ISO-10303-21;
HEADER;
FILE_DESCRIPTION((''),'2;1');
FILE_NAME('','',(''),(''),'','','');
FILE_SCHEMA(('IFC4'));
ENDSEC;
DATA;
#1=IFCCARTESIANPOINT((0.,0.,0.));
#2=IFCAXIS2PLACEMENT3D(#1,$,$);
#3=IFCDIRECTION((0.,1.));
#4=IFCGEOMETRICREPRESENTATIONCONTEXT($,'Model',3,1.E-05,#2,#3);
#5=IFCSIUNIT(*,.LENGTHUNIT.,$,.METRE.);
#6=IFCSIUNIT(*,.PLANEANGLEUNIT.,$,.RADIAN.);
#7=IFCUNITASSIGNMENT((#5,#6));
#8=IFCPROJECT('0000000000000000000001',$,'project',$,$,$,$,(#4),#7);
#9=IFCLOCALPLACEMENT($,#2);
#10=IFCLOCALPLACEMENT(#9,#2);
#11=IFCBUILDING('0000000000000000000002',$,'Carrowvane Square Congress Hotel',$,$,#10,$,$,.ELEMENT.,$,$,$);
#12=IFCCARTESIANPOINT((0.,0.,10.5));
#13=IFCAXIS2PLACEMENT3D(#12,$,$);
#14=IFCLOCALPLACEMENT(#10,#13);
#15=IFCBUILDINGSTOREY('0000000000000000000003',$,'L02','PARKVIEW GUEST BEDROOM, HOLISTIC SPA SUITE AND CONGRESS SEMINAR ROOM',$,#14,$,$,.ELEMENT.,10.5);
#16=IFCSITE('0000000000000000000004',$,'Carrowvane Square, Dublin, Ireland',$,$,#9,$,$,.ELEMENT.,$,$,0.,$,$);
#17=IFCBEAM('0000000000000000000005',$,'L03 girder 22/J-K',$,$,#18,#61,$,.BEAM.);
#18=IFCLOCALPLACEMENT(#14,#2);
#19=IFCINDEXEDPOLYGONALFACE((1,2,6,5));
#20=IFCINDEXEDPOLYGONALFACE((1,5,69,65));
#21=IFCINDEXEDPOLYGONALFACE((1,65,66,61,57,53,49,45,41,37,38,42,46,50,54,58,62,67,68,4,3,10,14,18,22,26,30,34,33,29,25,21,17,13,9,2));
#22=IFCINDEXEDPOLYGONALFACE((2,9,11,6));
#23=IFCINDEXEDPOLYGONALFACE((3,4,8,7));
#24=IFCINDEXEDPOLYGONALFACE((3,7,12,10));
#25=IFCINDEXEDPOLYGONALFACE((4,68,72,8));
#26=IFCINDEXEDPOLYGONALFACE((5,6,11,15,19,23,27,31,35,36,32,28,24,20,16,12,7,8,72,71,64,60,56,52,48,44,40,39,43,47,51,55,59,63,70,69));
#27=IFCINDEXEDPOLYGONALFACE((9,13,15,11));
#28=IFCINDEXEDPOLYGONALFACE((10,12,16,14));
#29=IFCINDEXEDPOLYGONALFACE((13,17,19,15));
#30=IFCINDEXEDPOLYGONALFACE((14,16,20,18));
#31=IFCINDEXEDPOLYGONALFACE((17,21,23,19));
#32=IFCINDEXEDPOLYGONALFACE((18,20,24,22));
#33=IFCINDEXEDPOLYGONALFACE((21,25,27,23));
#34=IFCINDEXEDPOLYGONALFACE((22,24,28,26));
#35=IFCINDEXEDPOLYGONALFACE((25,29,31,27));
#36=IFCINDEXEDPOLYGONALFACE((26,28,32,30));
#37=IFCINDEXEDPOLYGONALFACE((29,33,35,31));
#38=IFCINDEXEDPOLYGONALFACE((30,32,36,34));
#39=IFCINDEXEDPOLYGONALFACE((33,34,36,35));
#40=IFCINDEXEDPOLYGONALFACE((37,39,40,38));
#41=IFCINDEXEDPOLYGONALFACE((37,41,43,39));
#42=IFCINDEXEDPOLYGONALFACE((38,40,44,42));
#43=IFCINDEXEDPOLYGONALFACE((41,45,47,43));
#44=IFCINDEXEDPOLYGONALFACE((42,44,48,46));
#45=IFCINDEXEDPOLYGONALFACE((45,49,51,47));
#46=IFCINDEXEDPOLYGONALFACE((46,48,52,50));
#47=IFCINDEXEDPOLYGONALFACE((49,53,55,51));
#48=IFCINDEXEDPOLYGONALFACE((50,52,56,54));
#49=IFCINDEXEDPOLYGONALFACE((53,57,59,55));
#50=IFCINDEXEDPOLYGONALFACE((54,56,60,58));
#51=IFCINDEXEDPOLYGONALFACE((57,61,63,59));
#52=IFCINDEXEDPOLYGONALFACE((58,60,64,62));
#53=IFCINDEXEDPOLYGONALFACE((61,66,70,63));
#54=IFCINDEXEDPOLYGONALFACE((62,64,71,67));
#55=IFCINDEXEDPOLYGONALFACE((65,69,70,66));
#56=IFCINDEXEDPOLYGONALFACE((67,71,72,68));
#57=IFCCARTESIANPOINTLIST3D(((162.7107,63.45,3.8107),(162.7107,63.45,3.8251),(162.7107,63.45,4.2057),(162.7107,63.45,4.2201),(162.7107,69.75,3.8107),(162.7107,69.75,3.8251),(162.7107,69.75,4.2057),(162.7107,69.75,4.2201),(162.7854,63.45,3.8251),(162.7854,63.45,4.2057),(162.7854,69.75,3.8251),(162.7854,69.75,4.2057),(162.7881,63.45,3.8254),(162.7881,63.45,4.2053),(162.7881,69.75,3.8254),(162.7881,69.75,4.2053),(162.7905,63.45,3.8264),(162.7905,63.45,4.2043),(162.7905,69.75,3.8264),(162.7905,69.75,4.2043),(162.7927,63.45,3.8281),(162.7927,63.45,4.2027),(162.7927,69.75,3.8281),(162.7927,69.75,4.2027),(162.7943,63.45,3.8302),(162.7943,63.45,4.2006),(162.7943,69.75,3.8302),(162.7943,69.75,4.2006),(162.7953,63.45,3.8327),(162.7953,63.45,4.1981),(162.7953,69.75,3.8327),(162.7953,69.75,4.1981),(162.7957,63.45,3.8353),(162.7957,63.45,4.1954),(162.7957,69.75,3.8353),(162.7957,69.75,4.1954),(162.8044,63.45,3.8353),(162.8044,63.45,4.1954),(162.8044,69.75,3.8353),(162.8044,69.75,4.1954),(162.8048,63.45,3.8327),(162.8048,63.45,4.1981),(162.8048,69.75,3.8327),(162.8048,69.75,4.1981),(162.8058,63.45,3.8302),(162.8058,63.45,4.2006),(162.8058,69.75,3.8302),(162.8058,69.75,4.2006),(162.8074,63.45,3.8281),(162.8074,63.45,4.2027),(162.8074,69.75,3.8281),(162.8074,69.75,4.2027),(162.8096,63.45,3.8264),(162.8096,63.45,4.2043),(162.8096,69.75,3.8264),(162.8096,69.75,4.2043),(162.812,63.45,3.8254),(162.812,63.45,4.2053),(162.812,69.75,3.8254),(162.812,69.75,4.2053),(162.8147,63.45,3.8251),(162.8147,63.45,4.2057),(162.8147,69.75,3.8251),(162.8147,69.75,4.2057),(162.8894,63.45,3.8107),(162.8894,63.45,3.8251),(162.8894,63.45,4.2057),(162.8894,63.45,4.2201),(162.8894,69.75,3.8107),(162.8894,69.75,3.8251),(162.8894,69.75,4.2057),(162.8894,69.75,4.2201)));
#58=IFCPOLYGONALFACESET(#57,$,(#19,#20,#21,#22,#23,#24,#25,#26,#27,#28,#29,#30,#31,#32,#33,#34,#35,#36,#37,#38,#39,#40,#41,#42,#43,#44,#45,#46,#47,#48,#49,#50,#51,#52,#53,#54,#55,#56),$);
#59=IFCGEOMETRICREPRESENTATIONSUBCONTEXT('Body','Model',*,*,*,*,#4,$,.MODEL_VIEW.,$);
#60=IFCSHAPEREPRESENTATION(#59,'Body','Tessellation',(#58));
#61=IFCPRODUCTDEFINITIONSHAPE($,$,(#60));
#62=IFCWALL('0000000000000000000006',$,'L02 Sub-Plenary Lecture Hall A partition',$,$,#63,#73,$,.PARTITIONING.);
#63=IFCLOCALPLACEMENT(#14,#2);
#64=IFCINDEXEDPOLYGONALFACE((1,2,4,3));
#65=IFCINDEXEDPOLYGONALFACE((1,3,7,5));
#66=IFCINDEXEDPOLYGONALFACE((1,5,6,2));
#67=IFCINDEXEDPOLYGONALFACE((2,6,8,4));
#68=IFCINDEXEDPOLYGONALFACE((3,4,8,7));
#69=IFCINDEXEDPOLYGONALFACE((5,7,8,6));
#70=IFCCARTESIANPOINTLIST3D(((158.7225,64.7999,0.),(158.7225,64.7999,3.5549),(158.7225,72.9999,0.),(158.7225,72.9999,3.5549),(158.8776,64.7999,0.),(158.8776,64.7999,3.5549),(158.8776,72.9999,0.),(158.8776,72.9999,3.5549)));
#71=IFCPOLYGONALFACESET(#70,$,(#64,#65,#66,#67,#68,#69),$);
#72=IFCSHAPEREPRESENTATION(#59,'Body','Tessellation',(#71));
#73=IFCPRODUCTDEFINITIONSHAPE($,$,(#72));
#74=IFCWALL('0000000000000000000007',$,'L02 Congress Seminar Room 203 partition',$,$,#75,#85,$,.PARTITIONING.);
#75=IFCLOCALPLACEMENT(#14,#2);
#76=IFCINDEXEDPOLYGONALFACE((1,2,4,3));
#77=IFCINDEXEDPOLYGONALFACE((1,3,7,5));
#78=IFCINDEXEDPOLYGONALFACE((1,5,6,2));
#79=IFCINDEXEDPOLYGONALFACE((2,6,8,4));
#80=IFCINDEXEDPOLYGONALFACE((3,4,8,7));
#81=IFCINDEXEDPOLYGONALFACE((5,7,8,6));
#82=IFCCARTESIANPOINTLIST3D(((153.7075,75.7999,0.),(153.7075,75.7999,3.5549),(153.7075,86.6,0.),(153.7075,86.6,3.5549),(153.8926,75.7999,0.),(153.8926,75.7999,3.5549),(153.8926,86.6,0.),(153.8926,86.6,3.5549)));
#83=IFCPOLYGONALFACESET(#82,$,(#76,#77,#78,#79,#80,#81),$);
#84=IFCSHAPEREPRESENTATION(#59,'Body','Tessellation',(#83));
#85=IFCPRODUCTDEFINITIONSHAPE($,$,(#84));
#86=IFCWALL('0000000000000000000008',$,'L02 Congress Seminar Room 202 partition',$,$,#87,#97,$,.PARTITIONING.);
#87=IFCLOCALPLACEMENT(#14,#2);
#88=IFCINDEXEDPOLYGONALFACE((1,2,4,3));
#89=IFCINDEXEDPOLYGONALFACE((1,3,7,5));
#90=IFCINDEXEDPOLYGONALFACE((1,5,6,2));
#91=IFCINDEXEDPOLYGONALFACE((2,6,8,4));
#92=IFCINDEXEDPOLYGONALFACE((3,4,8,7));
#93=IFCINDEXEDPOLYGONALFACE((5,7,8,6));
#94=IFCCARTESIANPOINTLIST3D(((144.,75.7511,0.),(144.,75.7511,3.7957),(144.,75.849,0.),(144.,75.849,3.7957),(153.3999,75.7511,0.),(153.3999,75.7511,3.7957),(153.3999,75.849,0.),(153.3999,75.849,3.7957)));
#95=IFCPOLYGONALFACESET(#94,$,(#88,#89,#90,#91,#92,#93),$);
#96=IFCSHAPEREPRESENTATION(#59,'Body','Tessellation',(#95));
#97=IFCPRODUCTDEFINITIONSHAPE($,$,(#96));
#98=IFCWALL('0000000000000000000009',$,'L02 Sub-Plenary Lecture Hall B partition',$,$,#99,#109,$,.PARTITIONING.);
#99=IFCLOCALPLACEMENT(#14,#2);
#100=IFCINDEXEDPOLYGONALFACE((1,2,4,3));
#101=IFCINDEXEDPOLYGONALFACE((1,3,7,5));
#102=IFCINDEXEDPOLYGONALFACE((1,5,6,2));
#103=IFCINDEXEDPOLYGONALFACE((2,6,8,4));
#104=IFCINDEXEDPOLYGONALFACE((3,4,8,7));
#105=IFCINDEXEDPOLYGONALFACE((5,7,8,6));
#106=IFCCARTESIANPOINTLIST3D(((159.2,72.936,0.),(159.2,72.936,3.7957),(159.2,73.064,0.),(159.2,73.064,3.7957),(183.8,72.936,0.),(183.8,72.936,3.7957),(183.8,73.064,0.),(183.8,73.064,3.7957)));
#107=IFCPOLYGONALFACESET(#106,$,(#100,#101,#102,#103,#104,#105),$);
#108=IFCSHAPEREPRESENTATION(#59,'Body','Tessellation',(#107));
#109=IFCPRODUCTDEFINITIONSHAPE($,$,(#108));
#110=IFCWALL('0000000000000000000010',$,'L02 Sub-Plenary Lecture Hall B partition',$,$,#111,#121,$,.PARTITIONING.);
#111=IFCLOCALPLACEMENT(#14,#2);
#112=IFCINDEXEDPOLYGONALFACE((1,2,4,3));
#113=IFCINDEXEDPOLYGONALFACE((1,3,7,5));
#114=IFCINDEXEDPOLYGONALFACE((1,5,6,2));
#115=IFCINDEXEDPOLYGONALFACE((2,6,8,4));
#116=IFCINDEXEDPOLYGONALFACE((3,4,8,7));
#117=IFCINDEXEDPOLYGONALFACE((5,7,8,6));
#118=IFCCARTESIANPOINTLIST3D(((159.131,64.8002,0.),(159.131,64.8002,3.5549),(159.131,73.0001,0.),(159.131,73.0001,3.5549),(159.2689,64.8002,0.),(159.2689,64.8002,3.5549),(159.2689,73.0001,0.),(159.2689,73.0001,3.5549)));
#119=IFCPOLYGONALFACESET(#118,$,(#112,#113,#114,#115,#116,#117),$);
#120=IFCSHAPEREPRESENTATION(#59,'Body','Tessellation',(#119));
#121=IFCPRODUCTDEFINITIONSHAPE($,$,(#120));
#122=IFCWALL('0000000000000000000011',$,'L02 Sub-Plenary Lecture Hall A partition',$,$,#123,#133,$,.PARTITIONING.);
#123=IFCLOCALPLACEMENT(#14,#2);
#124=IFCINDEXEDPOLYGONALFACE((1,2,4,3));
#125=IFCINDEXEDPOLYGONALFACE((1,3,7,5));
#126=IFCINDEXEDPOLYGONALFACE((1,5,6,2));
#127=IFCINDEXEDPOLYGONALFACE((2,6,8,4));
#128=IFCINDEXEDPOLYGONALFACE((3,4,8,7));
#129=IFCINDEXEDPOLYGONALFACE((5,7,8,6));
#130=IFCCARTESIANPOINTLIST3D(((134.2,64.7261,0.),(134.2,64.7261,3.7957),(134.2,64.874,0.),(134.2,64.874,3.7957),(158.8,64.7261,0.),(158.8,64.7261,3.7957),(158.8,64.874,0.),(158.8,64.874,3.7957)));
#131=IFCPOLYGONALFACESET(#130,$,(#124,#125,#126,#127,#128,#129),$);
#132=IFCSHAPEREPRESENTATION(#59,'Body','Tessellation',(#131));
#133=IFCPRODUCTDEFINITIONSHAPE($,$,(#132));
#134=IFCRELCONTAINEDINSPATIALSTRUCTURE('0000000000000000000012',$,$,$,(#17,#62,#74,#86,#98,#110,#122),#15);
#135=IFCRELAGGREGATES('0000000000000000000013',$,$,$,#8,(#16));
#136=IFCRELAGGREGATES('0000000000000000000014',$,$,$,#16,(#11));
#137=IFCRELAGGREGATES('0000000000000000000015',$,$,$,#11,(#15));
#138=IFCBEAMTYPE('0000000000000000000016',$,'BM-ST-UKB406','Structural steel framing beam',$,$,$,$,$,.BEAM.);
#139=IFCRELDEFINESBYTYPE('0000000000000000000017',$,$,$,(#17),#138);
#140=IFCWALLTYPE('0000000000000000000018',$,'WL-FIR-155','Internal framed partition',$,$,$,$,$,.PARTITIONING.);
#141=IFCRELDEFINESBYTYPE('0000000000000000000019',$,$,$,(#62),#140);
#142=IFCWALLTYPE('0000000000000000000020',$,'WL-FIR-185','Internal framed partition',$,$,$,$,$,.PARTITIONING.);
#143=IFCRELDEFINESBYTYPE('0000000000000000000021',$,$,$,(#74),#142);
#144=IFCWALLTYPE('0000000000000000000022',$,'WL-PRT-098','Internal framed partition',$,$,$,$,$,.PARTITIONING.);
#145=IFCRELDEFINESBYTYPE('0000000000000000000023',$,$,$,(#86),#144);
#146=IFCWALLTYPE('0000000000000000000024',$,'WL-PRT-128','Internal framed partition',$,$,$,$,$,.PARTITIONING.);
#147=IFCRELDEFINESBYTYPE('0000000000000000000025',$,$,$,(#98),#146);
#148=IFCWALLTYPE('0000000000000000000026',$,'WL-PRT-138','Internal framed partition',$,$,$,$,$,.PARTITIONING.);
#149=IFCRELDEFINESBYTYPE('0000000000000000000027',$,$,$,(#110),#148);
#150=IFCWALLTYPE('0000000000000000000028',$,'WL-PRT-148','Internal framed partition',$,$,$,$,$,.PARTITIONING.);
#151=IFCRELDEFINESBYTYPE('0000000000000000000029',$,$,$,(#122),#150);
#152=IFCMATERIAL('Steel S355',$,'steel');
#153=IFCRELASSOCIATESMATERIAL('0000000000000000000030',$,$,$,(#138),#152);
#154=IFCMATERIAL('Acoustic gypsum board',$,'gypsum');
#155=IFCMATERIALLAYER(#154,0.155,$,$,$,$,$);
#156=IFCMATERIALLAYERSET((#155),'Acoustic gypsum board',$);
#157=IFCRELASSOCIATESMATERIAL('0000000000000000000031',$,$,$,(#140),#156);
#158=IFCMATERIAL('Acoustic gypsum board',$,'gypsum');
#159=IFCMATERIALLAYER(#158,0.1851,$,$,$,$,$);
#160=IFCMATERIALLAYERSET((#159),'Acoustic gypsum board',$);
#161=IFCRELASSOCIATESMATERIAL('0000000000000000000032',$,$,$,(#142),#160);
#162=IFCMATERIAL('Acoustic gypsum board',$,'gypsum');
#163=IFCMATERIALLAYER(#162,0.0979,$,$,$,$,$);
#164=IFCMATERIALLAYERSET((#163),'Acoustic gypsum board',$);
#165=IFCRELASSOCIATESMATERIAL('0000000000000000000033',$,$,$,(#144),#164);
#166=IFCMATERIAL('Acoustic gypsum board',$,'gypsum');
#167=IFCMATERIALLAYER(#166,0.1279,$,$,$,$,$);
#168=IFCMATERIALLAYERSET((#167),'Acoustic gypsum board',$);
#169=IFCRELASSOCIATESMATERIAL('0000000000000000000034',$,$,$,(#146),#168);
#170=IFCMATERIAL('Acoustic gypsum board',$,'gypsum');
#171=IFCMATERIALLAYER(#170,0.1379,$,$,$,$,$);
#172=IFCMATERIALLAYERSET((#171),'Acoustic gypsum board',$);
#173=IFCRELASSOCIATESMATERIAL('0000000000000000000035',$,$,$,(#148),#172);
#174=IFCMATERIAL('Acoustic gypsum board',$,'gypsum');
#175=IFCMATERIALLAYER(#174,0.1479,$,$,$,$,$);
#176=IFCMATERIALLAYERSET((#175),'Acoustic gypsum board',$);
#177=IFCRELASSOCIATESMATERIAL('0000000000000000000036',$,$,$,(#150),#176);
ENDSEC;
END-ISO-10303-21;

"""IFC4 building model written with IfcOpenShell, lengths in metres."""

from ifc_helpers import new_model, si_unit, direction, frame, frame_2d, origin, origin_2d, place, context, subcontext, project, spatial, rectangle, i_section, extrude, material, layer, layer_set, material_profile, profile_set, type_object, element, save


model = new_model("IFC4")

# Units and contexts
model_context = context("Model", 3, precision=1e-05, world=origin(), true_north=direction((0.0, 1.0)))
body_context = subcontext(model_context, "Body", "Model", "MODEL_VIEW")
ifc_project = project(units=[si_unit("LENGTHUNIT", "METRE"), si_unit("PLANEANGLEUNIT", "RADIAN")], contexts=[model_context])

# Site, building, storey
site_placement = place(None, origin())
site = spatial("IfcSite", under=ifc_project, at=site_placement, Name="Carrowvane Square, Dublin, Ireland", CompositionType="ELEMENT", RefElevation=0.0)
building_placement = place(site_placement, origin())
building = spatial("IfcBuilding", under=site, at=building_placement, Name="Carrowvane Square Congress Hotel", CompositionType="ELEMENT")
storey_placement = place(building_placement, frame((0.0, 0.0, 10.5)))
storey = spatial("IfcBuildingStorey", under=building, at=storey_placement, Name="L02", Description="PARKVIEW GUEST BEDROOM, HOLISTIC SPA SUITE AND CONGRESS SEMINAR ROOM", CompositionType="ELEMENT", Elevation=10.5)

# Beam
ifc_material_1 = material(Name="Steel S355", Category="steel")
ifc_material_profile_1 = material_profile(ifc_material_1, i_section(OverallWidth=0.1787, OverallDepth=0.4094, WebThickness=0.0088, FlangeThickness=0.0144, FilletRadius=0.0103, at=origin_2d()), Name="UKB 406x178x67")
ifc_profile_set_1 = profile_set([ifc_material_profile_1], Name="Steel S355")
beam_type_1 = type_object("IfcBeamType", Name="BM-ST-UKB406", Description="Structural steel framing beam", PredefinedType="BEAM", material=ifc_profile_set_1)
beam_1_placement = place(storey_placement, frame((162.8, 63.45, 4.0154), z_axis=(0.0, 1.0, 0.0), x_axis=(-1.0, 0.0, 0.0)))
element("IfcBeam", 1, at=beam_1_placement, inside=storey, type_object=beam_type_1, Name="L03 girder 22/J-K", PredefinedType="BEAM", context=body_context, shape_type="SweptSolid", body=[
    extrude(i_section(OverallWidth=0.1787, OverallDepth=0.4094, WebThickness=0.0088, FlangeThickness=0.0144, FilletRadius=0.0103, at=origin_2d()), origin(), (0.0, 0.0, 1.0), 6.3),
])

# Walls
ifc_material_2 = material(Name="Acoustic gypsum board", Category="gypsum")
ifc_layer_1 = layer(ifc_material_2, 0.155)
ifc_layer_set_1 = layer_set([ifc_layer_1], Name="Acoustic gypsum board")
wall_type_1 = type_object("IfcWallType", Name="WL-FIR-155", Description="Internal framed partition", PredefinedType="PARTITIONING", material=ifc_layer_set_1)
wall_1_placement = place(storey_placement, frame((158.8, 73.0, 0.0), z_axis=(0.0, 0.0, 1.0), x_axis=(0.0, -1.0, 0.0)))
element("IfcWall", 2, at=wall_1_placement, inside=storey, type_object=wall_type_1, Name="L02 Sub-Plenary Lecture Hall A partition", PredefinedType="PARTITIONING", context=body_context, shape_type="SweptSolid", body=[
    extrude(rectangle(XDim=8.2, YDim=0.155, at=frame_2d((4.1001, 0.0))), origin(), (0.0, 0.0, 1.0), 3.5549),
])
ifc_material_3 = material(Name="Acoustic gypsum board", Category="gypsum")
ifc_layer_2 = layer(ifc_material_3, 0.1851)
ifc_layer_set_2 = layer_set([ifc_layer_2], Name="Acoustic gypsum board")
wall_type_2 = type_object("IfcWallType", Name="WL-FIR-185", Description="Internal framed partition", PredefinedType="PARTITIONING", material=ifc_layer_set_2)
wall_2_placement = place(storey_placement, frame((153.8, 75.8, 0.0), z_axis=(0.0, 0.0, 1.0), x_axis=(0.0, 1.0, 0.0)))
element("IfcWall", 3, at=wall_2_placement, inside=storey, type_object=wall_type_2, Name="L02 Congress Seminar Room 203 partition", PredefinedType="PARTITIONING", context=body_context, shape_type="SweptSolid", body=[
    extrude(rectangle(XDim=10.8, YDim=0.1851, at=frame_2d((5.3999, 0.0))), origin(), (0.0, 0.0, 1.0), 3.5549),
])
ifc_material_4 = material(Name="Acoustic gypsum board", Category="gypsum")
ifc_layer_3 = layer(ifc_material_4, 0.0979)
ifc_layer_set_3 = layer_set([ifc_layer_3], Name="Acoustic gypsum board")
wall_type_3 = type_object("IfcWallType", Name="WL-PRT-098", Description="Internal framed partition", PredefinedType="PARTITIONING", material=ifc_layer_set_3)
wall_3_placement = place(storey_placement, frame((153.3999, 75.8, 0.0), z_axis=(0.0, 0.0, 1.0), x_axis=(-1.0, 0.0, 0.0)))
element("IfcWall", 4, at=wall_3_placement, inside=storey, type_object=wall_type_3, Name="L02 Congress Seminar Room 202 partition", PredefinedType="PARTITIONING", context=body_context, shape_type="SweptSolid", body=[
    extrude(rectangle(XDim=9.3999, YDim=0.0979, at=frame_2d((4.7, 0.0))), origin(), (0.0, 0.0, 1.0), 3.7957),
])
ifc_material_5 = material(Name="Acoustic gypsum board", Category="gypsum")
ifc_layer_4 = layer(ifc_material_5, 0.1279)
ifc_layer_set_4 = layer_set([ifc_layer_4], Name="Acoustic gypsum board")
wall_type_4 = type_object("IfcWallType", Name="WL-PRT-128", Description="Internal framed partition", PredefinedType="PARTITIONING", material=ifc_layer_set_4)
wall_4_placement = place(storey_placement, frame((159.2, 73.0, 0.0), z_axis=(0.0, 0.0, 1.0), x_axis=(1.0, 0.0, 0.0)))
element("IfcWall", 5, at=wall_4_placement, inside=storey, type_object=wall_type_4, Name="L02 Sub-Plenary Lecture Hall B partition", PredefinedType="PARTITIONING", context=body_context, shape_type="SweptSolid", body=[
    extrude(rectangle(XDim=24.6001, YDim=0.1279, at=frame_2d((12.3, 0.0))), origin(), (0.0, 0.0, 1.0), 3.7957),
])
ifc_material_6 = material(Name="Acoustic gypsum board", Category="gypsum")
ifc_layer_5 = layer(ifc_material_6, 0.1379)
ifc_layer_set_5 = layer_set([ifc_layer_5], Name="Acoustic gypsum board")
wall_type_5 = type_object("IfcWallType", Name="WL-PRT-138", Description="Internal framed partition", PredefinedType="PARTITIONING", material=ifc_layer_set_5)
wall_5_placement = place(storey_placement, frame((159.2, 64.8, 0.0), z_axis=(0.0, 0.0, 1.0), x_axis=(0.0, 1.0, 0.0)))
element("IfcWall", 6, at=wall_5_placement, inside=storey, type_object=wall_type_5, Name="L02 Sub-Plenary Lecture Hall B partition", PredefinedType="PARTITIONING", context=body_context, shape_type="SweptSolid", body=[
    extrude(rectangle(XDim=8.2, YDim=0.1379, at=frame_2d((4.1001, 0.0))), origin(), (0.0, 0.0, 1.0), 3.5549),
])
ifc_material_7 = material(Name="Acoustic gypsum board", Category="gypsum")
ifc_layer_6 = layer(ifc_material_7, 0.1479)
ifc_layer_set_6 = layer_set([ifc_layer_6], Name="Acoustic gypsum board")
wall_type_6 = type_object("IfcWallType", Name="WL-PRT-148", Description="Internal framed partition", PredefinedType="PARTITIONING", material=ifc_layer_set_6)
wall_6_placement = place(storey_placement, frame((158.8, 64.8, 0.0), z_axis=(0.0, 0.0, 1.0), x_axis=(-1.0, 0.0, 0.0)))
element("IfcWall", 7, at=wall_6_placement, inside=storey, type_object=wall_type_6, Name="L02 Sub-Plenary Lecture Hall A partition", PredefinedType="PARTITIONING", context=body_context, shape_type="SweptSolid", body=[
    extrude(rectangle(XDim=24.6001, YDim=0.1479, at=frame_2d((12.3, 0.0))), origin(), (0.0, 0.0, 1.0), 3.7957),
])

save(model, "model.ifc")
